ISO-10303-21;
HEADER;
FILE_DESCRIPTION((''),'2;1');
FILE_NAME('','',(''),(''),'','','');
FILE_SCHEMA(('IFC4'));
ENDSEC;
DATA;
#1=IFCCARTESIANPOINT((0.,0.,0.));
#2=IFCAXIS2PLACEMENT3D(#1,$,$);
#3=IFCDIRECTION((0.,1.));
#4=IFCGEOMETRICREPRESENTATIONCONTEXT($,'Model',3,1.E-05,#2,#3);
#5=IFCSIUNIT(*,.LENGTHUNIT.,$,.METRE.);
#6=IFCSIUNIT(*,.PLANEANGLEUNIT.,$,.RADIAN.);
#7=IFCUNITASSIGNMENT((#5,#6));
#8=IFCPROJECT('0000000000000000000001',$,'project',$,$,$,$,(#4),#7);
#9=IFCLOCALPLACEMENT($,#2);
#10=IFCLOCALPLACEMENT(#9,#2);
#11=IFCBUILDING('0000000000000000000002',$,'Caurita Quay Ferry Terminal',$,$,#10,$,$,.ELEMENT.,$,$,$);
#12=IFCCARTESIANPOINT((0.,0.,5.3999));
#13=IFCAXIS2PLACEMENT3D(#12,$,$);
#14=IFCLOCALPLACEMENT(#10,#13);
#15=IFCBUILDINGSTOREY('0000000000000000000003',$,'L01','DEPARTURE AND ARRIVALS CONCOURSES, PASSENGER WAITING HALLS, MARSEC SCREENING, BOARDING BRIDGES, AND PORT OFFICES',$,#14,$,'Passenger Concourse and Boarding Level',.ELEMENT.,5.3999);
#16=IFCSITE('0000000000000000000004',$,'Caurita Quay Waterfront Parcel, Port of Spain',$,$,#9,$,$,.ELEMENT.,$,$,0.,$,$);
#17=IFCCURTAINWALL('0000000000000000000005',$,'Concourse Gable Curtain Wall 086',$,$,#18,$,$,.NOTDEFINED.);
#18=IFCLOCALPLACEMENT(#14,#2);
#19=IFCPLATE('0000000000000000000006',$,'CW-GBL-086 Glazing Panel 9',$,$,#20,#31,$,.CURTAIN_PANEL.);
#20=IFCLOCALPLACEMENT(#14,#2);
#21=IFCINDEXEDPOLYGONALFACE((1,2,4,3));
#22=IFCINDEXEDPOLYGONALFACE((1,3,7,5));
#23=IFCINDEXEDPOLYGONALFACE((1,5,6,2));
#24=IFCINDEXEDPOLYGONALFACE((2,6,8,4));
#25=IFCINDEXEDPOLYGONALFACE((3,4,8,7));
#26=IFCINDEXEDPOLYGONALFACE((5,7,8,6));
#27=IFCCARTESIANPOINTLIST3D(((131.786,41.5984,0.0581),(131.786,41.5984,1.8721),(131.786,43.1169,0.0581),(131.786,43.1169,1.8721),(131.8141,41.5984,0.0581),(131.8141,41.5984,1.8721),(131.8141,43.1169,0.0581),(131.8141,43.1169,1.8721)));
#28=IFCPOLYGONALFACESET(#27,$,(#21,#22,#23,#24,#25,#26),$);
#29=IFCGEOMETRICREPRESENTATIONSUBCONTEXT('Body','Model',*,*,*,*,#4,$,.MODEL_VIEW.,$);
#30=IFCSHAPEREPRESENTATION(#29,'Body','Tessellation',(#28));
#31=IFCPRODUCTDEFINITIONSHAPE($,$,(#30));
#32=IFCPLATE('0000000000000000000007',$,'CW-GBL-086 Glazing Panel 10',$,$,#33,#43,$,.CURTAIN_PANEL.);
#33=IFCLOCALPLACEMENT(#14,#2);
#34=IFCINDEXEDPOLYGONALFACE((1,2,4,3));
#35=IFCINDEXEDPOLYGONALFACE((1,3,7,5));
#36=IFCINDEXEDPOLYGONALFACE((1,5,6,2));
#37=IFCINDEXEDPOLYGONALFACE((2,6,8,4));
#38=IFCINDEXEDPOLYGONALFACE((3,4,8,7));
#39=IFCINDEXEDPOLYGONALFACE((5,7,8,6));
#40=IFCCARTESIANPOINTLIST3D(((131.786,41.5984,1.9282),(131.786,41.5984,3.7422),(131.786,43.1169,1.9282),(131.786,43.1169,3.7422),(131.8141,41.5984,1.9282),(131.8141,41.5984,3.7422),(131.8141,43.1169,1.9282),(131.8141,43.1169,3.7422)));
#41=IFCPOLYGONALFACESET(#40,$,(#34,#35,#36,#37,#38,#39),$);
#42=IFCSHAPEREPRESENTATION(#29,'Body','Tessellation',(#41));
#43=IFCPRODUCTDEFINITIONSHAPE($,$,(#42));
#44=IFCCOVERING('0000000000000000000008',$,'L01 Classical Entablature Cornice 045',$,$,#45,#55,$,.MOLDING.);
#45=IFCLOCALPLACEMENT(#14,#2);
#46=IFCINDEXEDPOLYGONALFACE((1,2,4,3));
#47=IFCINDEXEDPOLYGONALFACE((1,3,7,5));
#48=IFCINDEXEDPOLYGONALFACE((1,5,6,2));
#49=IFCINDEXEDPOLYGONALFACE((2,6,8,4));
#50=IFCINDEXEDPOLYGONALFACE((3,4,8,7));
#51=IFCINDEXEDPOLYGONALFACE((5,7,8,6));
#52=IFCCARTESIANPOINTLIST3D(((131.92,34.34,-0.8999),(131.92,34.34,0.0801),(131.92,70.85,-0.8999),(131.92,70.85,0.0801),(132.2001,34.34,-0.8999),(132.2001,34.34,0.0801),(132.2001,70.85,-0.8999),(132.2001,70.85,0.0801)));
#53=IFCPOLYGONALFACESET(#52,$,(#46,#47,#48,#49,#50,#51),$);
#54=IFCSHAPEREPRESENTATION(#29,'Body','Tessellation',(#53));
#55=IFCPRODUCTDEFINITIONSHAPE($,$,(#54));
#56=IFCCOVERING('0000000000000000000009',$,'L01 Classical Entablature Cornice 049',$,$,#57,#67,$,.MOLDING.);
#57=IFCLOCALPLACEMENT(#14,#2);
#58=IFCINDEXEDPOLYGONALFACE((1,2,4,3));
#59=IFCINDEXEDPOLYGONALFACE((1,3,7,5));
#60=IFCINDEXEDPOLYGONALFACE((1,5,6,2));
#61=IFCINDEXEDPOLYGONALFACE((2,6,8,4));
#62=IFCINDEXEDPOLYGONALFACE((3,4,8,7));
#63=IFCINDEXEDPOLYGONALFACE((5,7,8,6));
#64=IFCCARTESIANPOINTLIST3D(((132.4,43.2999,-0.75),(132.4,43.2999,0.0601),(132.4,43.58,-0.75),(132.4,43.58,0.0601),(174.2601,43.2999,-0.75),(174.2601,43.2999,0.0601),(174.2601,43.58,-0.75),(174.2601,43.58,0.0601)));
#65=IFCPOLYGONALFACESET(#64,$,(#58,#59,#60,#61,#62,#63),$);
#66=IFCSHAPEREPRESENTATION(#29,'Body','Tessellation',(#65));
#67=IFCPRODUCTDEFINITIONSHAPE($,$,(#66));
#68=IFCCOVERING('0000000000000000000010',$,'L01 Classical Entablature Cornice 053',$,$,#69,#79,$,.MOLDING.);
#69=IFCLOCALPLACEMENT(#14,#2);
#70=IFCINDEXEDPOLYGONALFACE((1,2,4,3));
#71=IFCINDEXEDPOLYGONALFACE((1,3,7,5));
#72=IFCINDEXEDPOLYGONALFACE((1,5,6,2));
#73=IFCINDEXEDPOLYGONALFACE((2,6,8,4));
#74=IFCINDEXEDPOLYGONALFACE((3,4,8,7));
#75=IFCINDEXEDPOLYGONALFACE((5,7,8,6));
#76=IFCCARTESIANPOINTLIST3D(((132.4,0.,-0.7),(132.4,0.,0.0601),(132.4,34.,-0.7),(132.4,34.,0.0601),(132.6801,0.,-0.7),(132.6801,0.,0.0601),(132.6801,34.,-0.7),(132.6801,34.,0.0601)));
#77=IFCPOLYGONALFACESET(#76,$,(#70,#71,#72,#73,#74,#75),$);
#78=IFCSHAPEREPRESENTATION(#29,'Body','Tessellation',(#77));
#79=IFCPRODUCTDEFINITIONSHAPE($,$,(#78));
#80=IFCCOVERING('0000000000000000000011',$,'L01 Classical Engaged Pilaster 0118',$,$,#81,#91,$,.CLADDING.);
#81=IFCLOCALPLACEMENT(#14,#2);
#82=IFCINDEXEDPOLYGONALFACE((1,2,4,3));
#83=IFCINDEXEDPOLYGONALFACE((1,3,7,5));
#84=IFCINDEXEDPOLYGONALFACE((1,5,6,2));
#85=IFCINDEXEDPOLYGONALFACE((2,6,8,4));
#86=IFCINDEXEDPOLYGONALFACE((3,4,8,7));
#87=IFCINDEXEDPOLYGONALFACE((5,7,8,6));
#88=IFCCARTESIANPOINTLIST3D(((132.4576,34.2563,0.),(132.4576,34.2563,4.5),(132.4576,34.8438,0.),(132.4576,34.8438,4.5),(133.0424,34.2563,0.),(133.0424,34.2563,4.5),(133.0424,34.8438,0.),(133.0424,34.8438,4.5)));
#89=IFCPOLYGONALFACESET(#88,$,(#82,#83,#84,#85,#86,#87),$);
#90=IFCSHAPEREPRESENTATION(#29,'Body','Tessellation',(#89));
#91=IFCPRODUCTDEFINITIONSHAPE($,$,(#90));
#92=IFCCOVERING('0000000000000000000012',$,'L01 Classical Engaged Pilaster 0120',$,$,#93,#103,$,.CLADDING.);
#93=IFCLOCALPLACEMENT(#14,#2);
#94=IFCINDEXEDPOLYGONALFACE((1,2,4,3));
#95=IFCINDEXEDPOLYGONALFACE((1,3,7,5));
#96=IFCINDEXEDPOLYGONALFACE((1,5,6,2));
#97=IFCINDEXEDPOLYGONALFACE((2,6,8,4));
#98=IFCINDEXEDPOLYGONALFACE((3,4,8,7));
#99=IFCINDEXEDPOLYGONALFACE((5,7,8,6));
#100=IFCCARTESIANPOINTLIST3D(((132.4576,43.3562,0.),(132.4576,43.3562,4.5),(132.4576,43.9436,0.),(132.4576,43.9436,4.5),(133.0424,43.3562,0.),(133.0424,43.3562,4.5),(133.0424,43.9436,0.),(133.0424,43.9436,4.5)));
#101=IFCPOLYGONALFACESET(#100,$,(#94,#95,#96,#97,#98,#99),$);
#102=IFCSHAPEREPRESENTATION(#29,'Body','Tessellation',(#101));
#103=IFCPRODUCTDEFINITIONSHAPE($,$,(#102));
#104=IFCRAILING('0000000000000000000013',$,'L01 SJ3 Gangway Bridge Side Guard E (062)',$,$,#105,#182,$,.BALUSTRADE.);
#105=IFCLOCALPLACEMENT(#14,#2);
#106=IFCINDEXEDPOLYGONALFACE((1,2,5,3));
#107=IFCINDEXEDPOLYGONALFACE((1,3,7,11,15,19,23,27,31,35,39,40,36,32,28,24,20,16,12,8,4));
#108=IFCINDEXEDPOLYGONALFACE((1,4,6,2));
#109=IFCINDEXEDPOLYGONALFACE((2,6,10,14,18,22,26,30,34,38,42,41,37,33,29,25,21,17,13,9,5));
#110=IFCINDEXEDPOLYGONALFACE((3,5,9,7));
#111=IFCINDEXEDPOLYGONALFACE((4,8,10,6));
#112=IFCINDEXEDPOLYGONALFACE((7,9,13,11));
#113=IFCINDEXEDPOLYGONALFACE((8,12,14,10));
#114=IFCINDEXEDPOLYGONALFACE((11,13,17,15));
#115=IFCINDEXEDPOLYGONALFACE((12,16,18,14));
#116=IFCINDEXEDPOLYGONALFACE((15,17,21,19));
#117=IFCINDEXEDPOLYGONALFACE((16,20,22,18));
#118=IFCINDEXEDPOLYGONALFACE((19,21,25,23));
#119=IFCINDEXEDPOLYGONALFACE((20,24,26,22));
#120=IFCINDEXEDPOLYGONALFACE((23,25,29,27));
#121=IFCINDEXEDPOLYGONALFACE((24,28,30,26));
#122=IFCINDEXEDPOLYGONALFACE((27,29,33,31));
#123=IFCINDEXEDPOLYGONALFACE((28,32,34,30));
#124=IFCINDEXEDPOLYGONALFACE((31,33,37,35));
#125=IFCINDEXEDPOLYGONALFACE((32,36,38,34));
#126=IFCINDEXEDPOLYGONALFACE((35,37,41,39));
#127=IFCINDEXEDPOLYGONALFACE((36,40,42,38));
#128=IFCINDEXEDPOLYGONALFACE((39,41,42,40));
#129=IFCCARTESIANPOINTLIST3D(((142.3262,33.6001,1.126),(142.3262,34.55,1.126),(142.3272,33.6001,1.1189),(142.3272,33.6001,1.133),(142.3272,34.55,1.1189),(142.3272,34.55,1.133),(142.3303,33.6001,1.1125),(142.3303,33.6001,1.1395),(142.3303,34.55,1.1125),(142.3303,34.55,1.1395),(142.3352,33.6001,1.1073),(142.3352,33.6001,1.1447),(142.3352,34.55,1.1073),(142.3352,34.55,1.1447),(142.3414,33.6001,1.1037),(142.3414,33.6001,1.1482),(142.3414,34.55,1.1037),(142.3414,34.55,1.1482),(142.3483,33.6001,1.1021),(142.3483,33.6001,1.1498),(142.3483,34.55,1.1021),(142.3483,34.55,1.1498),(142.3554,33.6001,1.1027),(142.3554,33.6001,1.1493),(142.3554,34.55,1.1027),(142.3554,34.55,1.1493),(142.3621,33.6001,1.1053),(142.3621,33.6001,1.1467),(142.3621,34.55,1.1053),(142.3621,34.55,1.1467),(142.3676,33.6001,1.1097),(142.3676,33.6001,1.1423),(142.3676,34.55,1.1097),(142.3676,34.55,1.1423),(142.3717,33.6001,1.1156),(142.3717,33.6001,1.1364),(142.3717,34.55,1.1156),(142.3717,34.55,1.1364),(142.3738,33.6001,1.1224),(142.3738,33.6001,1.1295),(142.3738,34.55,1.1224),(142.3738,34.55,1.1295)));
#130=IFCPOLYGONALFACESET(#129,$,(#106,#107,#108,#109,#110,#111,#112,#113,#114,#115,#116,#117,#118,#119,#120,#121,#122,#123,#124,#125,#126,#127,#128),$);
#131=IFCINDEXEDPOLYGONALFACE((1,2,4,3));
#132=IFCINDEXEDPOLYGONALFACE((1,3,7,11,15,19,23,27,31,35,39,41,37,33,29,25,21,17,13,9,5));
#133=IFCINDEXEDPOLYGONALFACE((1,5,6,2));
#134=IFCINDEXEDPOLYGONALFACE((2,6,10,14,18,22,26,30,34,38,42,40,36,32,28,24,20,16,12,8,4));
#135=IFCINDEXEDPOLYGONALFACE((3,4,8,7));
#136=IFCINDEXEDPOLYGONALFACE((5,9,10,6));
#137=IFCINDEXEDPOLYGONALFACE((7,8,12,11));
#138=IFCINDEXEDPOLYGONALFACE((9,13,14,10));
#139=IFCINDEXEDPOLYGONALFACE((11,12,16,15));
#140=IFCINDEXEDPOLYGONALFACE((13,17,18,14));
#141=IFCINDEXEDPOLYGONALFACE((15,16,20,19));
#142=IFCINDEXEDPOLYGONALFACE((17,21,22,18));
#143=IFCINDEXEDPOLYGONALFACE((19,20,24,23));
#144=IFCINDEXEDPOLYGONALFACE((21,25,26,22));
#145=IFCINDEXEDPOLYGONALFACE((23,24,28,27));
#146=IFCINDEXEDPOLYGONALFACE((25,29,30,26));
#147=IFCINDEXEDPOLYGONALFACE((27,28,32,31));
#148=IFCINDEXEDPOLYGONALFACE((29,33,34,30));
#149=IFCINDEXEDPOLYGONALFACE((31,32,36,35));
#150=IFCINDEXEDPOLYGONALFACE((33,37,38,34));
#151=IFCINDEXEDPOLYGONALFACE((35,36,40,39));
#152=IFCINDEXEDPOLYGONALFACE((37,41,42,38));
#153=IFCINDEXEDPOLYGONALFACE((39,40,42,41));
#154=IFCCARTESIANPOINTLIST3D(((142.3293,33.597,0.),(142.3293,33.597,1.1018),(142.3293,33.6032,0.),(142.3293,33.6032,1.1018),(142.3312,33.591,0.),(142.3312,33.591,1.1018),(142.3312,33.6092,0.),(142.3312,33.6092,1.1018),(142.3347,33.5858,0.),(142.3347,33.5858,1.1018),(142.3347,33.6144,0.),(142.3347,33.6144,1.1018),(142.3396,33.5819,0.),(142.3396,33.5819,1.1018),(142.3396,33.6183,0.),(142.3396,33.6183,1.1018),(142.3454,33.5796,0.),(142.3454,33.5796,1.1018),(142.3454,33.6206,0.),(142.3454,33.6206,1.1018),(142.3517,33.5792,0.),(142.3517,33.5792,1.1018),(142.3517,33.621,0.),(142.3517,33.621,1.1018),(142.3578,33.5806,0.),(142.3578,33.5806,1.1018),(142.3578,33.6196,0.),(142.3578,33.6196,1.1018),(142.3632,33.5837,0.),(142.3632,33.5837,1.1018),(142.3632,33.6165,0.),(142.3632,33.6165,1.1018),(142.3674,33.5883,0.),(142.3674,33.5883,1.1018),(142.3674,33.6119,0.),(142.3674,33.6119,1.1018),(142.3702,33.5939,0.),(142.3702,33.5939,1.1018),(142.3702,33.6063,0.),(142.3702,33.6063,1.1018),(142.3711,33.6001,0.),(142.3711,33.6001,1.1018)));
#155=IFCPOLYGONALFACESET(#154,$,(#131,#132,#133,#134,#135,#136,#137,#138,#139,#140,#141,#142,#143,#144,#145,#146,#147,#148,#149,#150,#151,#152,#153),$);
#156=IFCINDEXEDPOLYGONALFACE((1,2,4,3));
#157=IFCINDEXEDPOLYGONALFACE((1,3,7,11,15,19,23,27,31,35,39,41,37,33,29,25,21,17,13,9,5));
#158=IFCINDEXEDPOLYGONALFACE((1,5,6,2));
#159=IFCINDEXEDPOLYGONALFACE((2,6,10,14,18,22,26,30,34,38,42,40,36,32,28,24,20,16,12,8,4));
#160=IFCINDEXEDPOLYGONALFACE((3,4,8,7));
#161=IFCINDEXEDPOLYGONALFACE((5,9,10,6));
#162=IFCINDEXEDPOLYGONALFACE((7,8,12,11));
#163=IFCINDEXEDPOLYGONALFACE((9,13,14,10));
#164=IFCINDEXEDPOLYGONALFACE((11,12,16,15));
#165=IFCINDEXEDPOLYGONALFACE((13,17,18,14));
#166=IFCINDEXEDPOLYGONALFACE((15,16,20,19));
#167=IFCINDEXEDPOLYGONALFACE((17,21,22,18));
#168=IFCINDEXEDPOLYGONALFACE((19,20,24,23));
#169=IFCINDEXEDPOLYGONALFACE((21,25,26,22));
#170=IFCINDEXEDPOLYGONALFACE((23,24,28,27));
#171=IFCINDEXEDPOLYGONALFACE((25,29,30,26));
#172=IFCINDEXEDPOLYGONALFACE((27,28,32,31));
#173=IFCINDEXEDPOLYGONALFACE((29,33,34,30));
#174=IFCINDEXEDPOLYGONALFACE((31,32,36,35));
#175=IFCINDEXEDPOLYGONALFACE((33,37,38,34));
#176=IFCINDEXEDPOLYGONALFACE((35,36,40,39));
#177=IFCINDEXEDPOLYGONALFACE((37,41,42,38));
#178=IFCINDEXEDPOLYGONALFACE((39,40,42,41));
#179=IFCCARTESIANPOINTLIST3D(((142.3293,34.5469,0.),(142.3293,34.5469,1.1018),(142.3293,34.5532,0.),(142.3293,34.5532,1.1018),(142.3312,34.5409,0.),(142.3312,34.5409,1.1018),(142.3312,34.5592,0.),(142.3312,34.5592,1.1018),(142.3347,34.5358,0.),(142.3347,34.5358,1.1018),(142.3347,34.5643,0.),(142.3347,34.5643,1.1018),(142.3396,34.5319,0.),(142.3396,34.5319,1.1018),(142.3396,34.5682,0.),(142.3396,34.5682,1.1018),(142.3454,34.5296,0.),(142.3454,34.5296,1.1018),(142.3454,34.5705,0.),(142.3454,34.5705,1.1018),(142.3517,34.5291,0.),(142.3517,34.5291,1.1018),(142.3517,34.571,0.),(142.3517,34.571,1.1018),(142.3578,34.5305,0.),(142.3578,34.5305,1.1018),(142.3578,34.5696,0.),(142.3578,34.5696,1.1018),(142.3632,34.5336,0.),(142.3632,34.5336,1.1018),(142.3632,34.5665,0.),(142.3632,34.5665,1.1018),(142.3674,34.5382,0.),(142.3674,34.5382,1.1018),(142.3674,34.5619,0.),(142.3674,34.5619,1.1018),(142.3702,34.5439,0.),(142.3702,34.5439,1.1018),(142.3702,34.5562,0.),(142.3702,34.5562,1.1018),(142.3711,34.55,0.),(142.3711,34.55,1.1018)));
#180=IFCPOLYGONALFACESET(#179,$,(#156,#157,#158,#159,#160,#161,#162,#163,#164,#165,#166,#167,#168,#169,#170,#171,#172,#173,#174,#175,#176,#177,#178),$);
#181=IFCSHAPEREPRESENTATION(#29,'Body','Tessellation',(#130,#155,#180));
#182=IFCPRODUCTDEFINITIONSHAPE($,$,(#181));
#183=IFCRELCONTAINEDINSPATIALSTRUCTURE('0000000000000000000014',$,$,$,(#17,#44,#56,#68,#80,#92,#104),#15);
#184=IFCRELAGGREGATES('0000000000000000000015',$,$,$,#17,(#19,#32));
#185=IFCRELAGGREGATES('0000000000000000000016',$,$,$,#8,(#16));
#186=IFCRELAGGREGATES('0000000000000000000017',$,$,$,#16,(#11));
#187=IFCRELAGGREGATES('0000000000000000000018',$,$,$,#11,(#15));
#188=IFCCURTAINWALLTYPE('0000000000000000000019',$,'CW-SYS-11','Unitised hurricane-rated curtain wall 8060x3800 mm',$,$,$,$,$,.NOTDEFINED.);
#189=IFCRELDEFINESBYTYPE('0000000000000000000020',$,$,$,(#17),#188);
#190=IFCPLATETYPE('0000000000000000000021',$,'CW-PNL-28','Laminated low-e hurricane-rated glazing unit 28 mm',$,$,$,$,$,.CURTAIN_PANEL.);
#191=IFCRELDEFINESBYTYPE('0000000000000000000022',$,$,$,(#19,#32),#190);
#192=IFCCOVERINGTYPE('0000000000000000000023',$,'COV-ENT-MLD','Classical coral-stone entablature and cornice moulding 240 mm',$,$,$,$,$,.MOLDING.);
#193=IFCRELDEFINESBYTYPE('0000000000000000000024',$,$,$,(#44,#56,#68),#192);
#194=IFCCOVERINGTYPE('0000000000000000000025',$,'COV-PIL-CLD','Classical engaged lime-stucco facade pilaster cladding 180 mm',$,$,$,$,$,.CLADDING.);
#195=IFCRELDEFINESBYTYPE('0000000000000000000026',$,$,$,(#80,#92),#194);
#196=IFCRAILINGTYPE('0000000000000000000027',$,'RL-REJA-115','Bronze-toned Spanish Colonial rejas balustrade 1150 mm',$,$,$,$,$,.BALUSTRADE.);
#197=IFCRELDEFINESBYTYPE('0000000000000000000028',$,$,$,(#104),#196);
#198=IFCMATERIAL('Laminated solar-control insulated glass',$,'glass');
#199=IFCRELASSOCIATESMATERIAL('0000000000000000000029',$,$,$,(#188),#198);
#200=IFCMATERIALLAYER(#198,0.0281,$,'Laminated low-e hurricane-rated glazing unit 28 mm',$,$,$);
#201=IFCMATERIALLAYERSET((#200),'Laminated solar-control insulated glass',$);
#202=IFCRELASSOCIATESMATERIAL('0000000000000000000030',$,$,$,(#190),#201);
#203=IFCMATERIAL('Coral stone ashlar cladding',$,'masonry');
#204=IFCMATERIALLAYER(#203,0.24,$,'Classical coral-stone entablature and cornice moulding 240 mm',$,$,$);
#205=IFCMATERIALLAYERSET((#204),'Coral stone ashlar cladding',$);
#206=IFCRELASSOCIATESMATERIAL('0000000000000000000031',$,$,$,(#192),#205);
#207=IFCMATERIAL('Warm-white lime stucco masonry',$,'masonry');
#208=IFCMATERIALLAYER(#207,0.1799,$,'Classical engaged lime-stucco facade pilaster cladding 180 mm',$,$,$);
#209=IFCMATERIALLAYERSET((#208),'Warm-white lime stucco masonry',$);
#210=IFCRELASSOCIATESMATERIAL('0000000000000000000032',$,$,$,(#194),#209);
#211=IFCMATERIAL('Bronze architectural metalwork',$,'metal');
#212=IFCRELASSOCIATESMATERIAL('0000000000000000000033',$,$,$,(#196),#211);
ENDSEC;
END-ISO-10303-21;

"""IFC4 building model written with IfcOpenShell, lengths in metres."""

from ifc_helpers import new_model, si_unit, direction, frame, frame_2d, origin, origin_2d, place, context, subcontext, project, spatial, rectangle, circle, extrude, material, layer, layer_set, type_object, element, aggregate, save


model = new_model("IFC4")

# Units and contexts
model_context = context("Model", 3, precision=1e-05, world=origin(), true_north=direction((0.0, 1.0)))
body_context = subcontext(model_context, "Body", "Model", "MODEL_VIEW")
ifc_project = project(units=[si_unit("LENGTHUNIT", "METRE"), si_unit("PLANEANGLEUNIT", "RADIAN")], contexts=[model_context])

# Site, building, storey
site_placement = place(None, origin())
site = spatial("IfcSite", under=ifc_project, at=site_placement, Name="Caurita Quay Waterfront Parcel, Port of Spain", CompositionType="ELEMENT", RefElevation=0.0)
building_placement = place(site_placement, origin())
building = spatial("IfcBuilding", under=site, at=building_placement, Name="Caurita Quay Ferry Terminal", CompositionType="ELEMENT")
storey_placement = place(building_placement, frame((0.0, 0.0, 5.3999)))
storey = spatial("IfcBuildingStorey", under=building, at=storey_placement, Name="L01", Description="DEPARTURE AND ARRIVALS CONCOURSES, PASSENGER WAITING HALLS, MARSEC SCREENING, BOARDING BRIDGES, AND PORT OFFICES", LongName="Passenger Concourse and Boarding Level", CompositionType="ELEMENT", Elevation=5.3999)

# Curtain wall, plates
ifc_material_1 = material(Name="Laminated solar-control insulated glass", Category="glass")
curtain_wall_type = type_object("IfcCurtainWallType", Name="CW-SYS-11", Description="Unitised hurricane-rated curtain wall 8060x3800 mm", PredefinedType="NOTDEFINED", material=ifc_material_1)
curtain_wall_placement = place(storey_placement, origin())
curtain_wall = element("IfcCurtainWall", 1, at=curtain_wall_placement, inside=storey, type_object=curtain_wall_type, Name="Concourse Gable Curtain Wall 086", PredefinedType="NOTDEFINED")
ifc_layer_1 = layer(ifc_material_1, 0.0281, Name="Laminated low-e hurricane-rated glazing unit 28 mm")
ifc_layer_set_1 = layer_set([ifc_layer_1], Name="Laminated solar-control insulated glass")
plate_type = type_object("IfcPlateType", Name="CW-PNL-28", Description="Laminated low-e hurricane-rated glazing unit 28 mm", PredefinedType="CURTAIN_PANEL", material=ifc_layer_set_1)
plate_1_placement = place(storey_placement, frame((131.8, 42.3577, 0.0581), z_axis=(0.0, 0.0, 1.0), x_axis=(0.0, 1.0, 0.0)))
plate_1 = element("IfcPlate", 2, at=plate_1_placement, type_object=plate_type, Name="CW-GBL-086 Glazing Panel 9", PredefinedType="CURTAIN_PANEL", context=body_context, shape_type="SweptSolid", body=[
    extrude(rectangle(XDim=1.5186, YDim=0.0281, at=origin_2d()), origin(), (0.0, 0.0, 1.0), 1.814),
])
plate_2_placement = place(storey_placement, frame((131.8, 42.3577, 1.9282), z_axis=(0.0, 0.0, 1.0), x_axis=(0.0, 1.0, 0.0)))
plate_2 = element("IfcPlate", 3, at=plate_2_placement, type_object=plate_type, Name="CW-GBL-086 Glazing Panel 10", PredefinedType="CURTAIN_PANEL", context=body_context, shape_type="SweptSolid", body=[
    extrude(rectangle(XDim=1.5186, YDim=0.0281, at=origin_2d()), origin(), (0.0, 0.0, 1.0), 1.814),
])
aggregate(curtain_wall, [plate_1, plate_2])

# Coverings
ifc_material_2 = material(Name="Coral stone ashlar cladding", Category="masonry")
ifc_layer_2 = layer(ifc_material_2, 0.24, Name="Classical coral-stone entablature and cornice moulding 240 mm")
ifc_layer_set_2 = layer_set([ifc_layer_2], Name="Coral stone ashlar cladding")
covering_type_1 = type_object("IfcCoveringType", Name="COV-ENT-MLD", Description="Classical coral-stone entablature and cornice moulding 240 mm", PredefinedType="MOLDING", material=ifc_layer_set_2)
covering_1_placement = place(storey_placement, frame((132.0601, 34.3401, -0.8999), z_axis=(0.0, 0.0, 1.0), x_axis=(0.0, 1.0, 0.0)))
element("IfcCovering", 4, at=covering_1_placement, inside=storey, type_object=covering_type_1, Name="L01 Classical Entablature Cornice 045", PredefinedType="MOLDING", context=body_context, shape_type="SweptSolid", body=[
    extrude(rectangle(XDim=36.51, YDim=0.28, at=frame_2d((18.2549, 0.0))), origin(), (0.0, 0.0, 1.0), 0.98),
])
covering_2_placement = place(storey_placement, frame((132.3999, 43.4399, -0.75), z_axis=(0.0, 0.0, 1.0), x_axis=(1.0, 0.0, 0.0)))
element("IfcCovering", 5, at=covering_2_placement, inside=storey, type_object=covering_type_1, Name="L01 Classical Entablature Cornice 049", PredefinedType="MOLDING", context=body_context, shape_type="SweptSolid", body=[
    extrude(rectangle(XDim=41.8601, YDim=0.28, at=frame_2d((20.9302, 0.0))), origin(), (0.0, 0.0, 1.0), 0.8101),
])
covering_3_placement = place(storey_placement, frame((132.54, 34.0, -0.7), z_axis=(0.0, 0.0, 1.0), x_axis=(0.0, -1.0, 0.0)))
element("IfcCovering", 6, at=covering_3_placement, inside=storey, type_object=covering_type_1, Name="L01 Classical Entablature Cornice 053", PredefinedType="MOLDING", context=body_context, shape_type="SweptSolid", body=[
    extrude(rectangle(XDim=34.0, YDim=0.28, at=frame_2d((17.0, 0.0))), origin(), (0.0, 0.0, 1.0), 0.76),
])
ifc_material_3 = material(Name="Warm-white lime stucco masonry", Category="masonry")
ifc_layer_3 = layer(ifc_material_3, 0.1799, Name="Classical engaged lime-stucco facade pilaster cladding 180 mm")
ifc_layer_set_3 = layer_set([ifc_layer_3], Name="Warm-white lime stucco masonry")
covering_type_2 = type_object("IfcCoveringType", Name="COV-PIL-CLD", Description="Classical engaged lime-stucco facade pilaster cladding 180 mm", PredefinedType="CLADDING", material=ifc_layer_set_3)
for number, where, z_axis, x_axis, name in (
    (7, (132.75, 34.55, 0.0), (0.0, 0.0, 1.0), (1.0, 0.0, 0.0), "L01 Classical Engaged Pilaster 0118"),
    (8, (132.75, 43.6499, 0.0), (0.0, 0.0, 1.0), (1.0, 0.0, 0.0), "L01 Classical Engaged Pilaster 0120"),
):
    element("IfcCovering", number, at=place(storey_placement, frame(where, z_axis=z_axis, x_axis=x_axis)), inside=storey, type_object=covering_type_2, Name=name, PredefinedType="CLADDING", context=body_context, shape_type="SweptSolid", body=[
        extrude(rectangle(XDim=0.5847, YDim=0.5874, at=origin_2d()), origin(), (0.0, 0.0, 1.0), 4.5),
    ])

# Railing
ifc_material_4 = material(Name="Bronze architectural metalwork", Category="metal")
railing_type = type_object("IfcRailingType", Name="RL-REJA-115", Description="Bronze-toned Spanish Colonial rejas balustrade 1150 mm", PredefinedType="BALUSTRADE", material=ifc_material_4)
railing_1_placement = place(storey_placement, frame((142.3501, 33.6001, 0.0)))
element("IfcRailing", 9, at=railing_1_placement, inside=storey, type_object=railing_type, Name="L01 SJ3 Gangway Bridge Side Guard E (062)", PredefinedType="BALUSTRADE", context=body_context, shape_type="SweptSolid", body=[
    extrude(circle(Radius=0.0239, at=origin_2d()), frame((0.0, 0.0, 1.126), z_axis=(0.0, 1.0, 0.0), x_axis=(-1.0, 0.0, 0.0)), (0.0, 0.0, 1.0), 0.95),
    extrude(circle(Radius=0.021, at=origin_2d()), origin(), (0.0, 0.0, 1.0), 1.1018),
    extrude(circle(Radius=0.021, at=origin_2d()), frame((0.0, 0.95, 0.0)), (0.0, 0.0, 1.0), 1.1018),
])

save(model, "model.ifc")
